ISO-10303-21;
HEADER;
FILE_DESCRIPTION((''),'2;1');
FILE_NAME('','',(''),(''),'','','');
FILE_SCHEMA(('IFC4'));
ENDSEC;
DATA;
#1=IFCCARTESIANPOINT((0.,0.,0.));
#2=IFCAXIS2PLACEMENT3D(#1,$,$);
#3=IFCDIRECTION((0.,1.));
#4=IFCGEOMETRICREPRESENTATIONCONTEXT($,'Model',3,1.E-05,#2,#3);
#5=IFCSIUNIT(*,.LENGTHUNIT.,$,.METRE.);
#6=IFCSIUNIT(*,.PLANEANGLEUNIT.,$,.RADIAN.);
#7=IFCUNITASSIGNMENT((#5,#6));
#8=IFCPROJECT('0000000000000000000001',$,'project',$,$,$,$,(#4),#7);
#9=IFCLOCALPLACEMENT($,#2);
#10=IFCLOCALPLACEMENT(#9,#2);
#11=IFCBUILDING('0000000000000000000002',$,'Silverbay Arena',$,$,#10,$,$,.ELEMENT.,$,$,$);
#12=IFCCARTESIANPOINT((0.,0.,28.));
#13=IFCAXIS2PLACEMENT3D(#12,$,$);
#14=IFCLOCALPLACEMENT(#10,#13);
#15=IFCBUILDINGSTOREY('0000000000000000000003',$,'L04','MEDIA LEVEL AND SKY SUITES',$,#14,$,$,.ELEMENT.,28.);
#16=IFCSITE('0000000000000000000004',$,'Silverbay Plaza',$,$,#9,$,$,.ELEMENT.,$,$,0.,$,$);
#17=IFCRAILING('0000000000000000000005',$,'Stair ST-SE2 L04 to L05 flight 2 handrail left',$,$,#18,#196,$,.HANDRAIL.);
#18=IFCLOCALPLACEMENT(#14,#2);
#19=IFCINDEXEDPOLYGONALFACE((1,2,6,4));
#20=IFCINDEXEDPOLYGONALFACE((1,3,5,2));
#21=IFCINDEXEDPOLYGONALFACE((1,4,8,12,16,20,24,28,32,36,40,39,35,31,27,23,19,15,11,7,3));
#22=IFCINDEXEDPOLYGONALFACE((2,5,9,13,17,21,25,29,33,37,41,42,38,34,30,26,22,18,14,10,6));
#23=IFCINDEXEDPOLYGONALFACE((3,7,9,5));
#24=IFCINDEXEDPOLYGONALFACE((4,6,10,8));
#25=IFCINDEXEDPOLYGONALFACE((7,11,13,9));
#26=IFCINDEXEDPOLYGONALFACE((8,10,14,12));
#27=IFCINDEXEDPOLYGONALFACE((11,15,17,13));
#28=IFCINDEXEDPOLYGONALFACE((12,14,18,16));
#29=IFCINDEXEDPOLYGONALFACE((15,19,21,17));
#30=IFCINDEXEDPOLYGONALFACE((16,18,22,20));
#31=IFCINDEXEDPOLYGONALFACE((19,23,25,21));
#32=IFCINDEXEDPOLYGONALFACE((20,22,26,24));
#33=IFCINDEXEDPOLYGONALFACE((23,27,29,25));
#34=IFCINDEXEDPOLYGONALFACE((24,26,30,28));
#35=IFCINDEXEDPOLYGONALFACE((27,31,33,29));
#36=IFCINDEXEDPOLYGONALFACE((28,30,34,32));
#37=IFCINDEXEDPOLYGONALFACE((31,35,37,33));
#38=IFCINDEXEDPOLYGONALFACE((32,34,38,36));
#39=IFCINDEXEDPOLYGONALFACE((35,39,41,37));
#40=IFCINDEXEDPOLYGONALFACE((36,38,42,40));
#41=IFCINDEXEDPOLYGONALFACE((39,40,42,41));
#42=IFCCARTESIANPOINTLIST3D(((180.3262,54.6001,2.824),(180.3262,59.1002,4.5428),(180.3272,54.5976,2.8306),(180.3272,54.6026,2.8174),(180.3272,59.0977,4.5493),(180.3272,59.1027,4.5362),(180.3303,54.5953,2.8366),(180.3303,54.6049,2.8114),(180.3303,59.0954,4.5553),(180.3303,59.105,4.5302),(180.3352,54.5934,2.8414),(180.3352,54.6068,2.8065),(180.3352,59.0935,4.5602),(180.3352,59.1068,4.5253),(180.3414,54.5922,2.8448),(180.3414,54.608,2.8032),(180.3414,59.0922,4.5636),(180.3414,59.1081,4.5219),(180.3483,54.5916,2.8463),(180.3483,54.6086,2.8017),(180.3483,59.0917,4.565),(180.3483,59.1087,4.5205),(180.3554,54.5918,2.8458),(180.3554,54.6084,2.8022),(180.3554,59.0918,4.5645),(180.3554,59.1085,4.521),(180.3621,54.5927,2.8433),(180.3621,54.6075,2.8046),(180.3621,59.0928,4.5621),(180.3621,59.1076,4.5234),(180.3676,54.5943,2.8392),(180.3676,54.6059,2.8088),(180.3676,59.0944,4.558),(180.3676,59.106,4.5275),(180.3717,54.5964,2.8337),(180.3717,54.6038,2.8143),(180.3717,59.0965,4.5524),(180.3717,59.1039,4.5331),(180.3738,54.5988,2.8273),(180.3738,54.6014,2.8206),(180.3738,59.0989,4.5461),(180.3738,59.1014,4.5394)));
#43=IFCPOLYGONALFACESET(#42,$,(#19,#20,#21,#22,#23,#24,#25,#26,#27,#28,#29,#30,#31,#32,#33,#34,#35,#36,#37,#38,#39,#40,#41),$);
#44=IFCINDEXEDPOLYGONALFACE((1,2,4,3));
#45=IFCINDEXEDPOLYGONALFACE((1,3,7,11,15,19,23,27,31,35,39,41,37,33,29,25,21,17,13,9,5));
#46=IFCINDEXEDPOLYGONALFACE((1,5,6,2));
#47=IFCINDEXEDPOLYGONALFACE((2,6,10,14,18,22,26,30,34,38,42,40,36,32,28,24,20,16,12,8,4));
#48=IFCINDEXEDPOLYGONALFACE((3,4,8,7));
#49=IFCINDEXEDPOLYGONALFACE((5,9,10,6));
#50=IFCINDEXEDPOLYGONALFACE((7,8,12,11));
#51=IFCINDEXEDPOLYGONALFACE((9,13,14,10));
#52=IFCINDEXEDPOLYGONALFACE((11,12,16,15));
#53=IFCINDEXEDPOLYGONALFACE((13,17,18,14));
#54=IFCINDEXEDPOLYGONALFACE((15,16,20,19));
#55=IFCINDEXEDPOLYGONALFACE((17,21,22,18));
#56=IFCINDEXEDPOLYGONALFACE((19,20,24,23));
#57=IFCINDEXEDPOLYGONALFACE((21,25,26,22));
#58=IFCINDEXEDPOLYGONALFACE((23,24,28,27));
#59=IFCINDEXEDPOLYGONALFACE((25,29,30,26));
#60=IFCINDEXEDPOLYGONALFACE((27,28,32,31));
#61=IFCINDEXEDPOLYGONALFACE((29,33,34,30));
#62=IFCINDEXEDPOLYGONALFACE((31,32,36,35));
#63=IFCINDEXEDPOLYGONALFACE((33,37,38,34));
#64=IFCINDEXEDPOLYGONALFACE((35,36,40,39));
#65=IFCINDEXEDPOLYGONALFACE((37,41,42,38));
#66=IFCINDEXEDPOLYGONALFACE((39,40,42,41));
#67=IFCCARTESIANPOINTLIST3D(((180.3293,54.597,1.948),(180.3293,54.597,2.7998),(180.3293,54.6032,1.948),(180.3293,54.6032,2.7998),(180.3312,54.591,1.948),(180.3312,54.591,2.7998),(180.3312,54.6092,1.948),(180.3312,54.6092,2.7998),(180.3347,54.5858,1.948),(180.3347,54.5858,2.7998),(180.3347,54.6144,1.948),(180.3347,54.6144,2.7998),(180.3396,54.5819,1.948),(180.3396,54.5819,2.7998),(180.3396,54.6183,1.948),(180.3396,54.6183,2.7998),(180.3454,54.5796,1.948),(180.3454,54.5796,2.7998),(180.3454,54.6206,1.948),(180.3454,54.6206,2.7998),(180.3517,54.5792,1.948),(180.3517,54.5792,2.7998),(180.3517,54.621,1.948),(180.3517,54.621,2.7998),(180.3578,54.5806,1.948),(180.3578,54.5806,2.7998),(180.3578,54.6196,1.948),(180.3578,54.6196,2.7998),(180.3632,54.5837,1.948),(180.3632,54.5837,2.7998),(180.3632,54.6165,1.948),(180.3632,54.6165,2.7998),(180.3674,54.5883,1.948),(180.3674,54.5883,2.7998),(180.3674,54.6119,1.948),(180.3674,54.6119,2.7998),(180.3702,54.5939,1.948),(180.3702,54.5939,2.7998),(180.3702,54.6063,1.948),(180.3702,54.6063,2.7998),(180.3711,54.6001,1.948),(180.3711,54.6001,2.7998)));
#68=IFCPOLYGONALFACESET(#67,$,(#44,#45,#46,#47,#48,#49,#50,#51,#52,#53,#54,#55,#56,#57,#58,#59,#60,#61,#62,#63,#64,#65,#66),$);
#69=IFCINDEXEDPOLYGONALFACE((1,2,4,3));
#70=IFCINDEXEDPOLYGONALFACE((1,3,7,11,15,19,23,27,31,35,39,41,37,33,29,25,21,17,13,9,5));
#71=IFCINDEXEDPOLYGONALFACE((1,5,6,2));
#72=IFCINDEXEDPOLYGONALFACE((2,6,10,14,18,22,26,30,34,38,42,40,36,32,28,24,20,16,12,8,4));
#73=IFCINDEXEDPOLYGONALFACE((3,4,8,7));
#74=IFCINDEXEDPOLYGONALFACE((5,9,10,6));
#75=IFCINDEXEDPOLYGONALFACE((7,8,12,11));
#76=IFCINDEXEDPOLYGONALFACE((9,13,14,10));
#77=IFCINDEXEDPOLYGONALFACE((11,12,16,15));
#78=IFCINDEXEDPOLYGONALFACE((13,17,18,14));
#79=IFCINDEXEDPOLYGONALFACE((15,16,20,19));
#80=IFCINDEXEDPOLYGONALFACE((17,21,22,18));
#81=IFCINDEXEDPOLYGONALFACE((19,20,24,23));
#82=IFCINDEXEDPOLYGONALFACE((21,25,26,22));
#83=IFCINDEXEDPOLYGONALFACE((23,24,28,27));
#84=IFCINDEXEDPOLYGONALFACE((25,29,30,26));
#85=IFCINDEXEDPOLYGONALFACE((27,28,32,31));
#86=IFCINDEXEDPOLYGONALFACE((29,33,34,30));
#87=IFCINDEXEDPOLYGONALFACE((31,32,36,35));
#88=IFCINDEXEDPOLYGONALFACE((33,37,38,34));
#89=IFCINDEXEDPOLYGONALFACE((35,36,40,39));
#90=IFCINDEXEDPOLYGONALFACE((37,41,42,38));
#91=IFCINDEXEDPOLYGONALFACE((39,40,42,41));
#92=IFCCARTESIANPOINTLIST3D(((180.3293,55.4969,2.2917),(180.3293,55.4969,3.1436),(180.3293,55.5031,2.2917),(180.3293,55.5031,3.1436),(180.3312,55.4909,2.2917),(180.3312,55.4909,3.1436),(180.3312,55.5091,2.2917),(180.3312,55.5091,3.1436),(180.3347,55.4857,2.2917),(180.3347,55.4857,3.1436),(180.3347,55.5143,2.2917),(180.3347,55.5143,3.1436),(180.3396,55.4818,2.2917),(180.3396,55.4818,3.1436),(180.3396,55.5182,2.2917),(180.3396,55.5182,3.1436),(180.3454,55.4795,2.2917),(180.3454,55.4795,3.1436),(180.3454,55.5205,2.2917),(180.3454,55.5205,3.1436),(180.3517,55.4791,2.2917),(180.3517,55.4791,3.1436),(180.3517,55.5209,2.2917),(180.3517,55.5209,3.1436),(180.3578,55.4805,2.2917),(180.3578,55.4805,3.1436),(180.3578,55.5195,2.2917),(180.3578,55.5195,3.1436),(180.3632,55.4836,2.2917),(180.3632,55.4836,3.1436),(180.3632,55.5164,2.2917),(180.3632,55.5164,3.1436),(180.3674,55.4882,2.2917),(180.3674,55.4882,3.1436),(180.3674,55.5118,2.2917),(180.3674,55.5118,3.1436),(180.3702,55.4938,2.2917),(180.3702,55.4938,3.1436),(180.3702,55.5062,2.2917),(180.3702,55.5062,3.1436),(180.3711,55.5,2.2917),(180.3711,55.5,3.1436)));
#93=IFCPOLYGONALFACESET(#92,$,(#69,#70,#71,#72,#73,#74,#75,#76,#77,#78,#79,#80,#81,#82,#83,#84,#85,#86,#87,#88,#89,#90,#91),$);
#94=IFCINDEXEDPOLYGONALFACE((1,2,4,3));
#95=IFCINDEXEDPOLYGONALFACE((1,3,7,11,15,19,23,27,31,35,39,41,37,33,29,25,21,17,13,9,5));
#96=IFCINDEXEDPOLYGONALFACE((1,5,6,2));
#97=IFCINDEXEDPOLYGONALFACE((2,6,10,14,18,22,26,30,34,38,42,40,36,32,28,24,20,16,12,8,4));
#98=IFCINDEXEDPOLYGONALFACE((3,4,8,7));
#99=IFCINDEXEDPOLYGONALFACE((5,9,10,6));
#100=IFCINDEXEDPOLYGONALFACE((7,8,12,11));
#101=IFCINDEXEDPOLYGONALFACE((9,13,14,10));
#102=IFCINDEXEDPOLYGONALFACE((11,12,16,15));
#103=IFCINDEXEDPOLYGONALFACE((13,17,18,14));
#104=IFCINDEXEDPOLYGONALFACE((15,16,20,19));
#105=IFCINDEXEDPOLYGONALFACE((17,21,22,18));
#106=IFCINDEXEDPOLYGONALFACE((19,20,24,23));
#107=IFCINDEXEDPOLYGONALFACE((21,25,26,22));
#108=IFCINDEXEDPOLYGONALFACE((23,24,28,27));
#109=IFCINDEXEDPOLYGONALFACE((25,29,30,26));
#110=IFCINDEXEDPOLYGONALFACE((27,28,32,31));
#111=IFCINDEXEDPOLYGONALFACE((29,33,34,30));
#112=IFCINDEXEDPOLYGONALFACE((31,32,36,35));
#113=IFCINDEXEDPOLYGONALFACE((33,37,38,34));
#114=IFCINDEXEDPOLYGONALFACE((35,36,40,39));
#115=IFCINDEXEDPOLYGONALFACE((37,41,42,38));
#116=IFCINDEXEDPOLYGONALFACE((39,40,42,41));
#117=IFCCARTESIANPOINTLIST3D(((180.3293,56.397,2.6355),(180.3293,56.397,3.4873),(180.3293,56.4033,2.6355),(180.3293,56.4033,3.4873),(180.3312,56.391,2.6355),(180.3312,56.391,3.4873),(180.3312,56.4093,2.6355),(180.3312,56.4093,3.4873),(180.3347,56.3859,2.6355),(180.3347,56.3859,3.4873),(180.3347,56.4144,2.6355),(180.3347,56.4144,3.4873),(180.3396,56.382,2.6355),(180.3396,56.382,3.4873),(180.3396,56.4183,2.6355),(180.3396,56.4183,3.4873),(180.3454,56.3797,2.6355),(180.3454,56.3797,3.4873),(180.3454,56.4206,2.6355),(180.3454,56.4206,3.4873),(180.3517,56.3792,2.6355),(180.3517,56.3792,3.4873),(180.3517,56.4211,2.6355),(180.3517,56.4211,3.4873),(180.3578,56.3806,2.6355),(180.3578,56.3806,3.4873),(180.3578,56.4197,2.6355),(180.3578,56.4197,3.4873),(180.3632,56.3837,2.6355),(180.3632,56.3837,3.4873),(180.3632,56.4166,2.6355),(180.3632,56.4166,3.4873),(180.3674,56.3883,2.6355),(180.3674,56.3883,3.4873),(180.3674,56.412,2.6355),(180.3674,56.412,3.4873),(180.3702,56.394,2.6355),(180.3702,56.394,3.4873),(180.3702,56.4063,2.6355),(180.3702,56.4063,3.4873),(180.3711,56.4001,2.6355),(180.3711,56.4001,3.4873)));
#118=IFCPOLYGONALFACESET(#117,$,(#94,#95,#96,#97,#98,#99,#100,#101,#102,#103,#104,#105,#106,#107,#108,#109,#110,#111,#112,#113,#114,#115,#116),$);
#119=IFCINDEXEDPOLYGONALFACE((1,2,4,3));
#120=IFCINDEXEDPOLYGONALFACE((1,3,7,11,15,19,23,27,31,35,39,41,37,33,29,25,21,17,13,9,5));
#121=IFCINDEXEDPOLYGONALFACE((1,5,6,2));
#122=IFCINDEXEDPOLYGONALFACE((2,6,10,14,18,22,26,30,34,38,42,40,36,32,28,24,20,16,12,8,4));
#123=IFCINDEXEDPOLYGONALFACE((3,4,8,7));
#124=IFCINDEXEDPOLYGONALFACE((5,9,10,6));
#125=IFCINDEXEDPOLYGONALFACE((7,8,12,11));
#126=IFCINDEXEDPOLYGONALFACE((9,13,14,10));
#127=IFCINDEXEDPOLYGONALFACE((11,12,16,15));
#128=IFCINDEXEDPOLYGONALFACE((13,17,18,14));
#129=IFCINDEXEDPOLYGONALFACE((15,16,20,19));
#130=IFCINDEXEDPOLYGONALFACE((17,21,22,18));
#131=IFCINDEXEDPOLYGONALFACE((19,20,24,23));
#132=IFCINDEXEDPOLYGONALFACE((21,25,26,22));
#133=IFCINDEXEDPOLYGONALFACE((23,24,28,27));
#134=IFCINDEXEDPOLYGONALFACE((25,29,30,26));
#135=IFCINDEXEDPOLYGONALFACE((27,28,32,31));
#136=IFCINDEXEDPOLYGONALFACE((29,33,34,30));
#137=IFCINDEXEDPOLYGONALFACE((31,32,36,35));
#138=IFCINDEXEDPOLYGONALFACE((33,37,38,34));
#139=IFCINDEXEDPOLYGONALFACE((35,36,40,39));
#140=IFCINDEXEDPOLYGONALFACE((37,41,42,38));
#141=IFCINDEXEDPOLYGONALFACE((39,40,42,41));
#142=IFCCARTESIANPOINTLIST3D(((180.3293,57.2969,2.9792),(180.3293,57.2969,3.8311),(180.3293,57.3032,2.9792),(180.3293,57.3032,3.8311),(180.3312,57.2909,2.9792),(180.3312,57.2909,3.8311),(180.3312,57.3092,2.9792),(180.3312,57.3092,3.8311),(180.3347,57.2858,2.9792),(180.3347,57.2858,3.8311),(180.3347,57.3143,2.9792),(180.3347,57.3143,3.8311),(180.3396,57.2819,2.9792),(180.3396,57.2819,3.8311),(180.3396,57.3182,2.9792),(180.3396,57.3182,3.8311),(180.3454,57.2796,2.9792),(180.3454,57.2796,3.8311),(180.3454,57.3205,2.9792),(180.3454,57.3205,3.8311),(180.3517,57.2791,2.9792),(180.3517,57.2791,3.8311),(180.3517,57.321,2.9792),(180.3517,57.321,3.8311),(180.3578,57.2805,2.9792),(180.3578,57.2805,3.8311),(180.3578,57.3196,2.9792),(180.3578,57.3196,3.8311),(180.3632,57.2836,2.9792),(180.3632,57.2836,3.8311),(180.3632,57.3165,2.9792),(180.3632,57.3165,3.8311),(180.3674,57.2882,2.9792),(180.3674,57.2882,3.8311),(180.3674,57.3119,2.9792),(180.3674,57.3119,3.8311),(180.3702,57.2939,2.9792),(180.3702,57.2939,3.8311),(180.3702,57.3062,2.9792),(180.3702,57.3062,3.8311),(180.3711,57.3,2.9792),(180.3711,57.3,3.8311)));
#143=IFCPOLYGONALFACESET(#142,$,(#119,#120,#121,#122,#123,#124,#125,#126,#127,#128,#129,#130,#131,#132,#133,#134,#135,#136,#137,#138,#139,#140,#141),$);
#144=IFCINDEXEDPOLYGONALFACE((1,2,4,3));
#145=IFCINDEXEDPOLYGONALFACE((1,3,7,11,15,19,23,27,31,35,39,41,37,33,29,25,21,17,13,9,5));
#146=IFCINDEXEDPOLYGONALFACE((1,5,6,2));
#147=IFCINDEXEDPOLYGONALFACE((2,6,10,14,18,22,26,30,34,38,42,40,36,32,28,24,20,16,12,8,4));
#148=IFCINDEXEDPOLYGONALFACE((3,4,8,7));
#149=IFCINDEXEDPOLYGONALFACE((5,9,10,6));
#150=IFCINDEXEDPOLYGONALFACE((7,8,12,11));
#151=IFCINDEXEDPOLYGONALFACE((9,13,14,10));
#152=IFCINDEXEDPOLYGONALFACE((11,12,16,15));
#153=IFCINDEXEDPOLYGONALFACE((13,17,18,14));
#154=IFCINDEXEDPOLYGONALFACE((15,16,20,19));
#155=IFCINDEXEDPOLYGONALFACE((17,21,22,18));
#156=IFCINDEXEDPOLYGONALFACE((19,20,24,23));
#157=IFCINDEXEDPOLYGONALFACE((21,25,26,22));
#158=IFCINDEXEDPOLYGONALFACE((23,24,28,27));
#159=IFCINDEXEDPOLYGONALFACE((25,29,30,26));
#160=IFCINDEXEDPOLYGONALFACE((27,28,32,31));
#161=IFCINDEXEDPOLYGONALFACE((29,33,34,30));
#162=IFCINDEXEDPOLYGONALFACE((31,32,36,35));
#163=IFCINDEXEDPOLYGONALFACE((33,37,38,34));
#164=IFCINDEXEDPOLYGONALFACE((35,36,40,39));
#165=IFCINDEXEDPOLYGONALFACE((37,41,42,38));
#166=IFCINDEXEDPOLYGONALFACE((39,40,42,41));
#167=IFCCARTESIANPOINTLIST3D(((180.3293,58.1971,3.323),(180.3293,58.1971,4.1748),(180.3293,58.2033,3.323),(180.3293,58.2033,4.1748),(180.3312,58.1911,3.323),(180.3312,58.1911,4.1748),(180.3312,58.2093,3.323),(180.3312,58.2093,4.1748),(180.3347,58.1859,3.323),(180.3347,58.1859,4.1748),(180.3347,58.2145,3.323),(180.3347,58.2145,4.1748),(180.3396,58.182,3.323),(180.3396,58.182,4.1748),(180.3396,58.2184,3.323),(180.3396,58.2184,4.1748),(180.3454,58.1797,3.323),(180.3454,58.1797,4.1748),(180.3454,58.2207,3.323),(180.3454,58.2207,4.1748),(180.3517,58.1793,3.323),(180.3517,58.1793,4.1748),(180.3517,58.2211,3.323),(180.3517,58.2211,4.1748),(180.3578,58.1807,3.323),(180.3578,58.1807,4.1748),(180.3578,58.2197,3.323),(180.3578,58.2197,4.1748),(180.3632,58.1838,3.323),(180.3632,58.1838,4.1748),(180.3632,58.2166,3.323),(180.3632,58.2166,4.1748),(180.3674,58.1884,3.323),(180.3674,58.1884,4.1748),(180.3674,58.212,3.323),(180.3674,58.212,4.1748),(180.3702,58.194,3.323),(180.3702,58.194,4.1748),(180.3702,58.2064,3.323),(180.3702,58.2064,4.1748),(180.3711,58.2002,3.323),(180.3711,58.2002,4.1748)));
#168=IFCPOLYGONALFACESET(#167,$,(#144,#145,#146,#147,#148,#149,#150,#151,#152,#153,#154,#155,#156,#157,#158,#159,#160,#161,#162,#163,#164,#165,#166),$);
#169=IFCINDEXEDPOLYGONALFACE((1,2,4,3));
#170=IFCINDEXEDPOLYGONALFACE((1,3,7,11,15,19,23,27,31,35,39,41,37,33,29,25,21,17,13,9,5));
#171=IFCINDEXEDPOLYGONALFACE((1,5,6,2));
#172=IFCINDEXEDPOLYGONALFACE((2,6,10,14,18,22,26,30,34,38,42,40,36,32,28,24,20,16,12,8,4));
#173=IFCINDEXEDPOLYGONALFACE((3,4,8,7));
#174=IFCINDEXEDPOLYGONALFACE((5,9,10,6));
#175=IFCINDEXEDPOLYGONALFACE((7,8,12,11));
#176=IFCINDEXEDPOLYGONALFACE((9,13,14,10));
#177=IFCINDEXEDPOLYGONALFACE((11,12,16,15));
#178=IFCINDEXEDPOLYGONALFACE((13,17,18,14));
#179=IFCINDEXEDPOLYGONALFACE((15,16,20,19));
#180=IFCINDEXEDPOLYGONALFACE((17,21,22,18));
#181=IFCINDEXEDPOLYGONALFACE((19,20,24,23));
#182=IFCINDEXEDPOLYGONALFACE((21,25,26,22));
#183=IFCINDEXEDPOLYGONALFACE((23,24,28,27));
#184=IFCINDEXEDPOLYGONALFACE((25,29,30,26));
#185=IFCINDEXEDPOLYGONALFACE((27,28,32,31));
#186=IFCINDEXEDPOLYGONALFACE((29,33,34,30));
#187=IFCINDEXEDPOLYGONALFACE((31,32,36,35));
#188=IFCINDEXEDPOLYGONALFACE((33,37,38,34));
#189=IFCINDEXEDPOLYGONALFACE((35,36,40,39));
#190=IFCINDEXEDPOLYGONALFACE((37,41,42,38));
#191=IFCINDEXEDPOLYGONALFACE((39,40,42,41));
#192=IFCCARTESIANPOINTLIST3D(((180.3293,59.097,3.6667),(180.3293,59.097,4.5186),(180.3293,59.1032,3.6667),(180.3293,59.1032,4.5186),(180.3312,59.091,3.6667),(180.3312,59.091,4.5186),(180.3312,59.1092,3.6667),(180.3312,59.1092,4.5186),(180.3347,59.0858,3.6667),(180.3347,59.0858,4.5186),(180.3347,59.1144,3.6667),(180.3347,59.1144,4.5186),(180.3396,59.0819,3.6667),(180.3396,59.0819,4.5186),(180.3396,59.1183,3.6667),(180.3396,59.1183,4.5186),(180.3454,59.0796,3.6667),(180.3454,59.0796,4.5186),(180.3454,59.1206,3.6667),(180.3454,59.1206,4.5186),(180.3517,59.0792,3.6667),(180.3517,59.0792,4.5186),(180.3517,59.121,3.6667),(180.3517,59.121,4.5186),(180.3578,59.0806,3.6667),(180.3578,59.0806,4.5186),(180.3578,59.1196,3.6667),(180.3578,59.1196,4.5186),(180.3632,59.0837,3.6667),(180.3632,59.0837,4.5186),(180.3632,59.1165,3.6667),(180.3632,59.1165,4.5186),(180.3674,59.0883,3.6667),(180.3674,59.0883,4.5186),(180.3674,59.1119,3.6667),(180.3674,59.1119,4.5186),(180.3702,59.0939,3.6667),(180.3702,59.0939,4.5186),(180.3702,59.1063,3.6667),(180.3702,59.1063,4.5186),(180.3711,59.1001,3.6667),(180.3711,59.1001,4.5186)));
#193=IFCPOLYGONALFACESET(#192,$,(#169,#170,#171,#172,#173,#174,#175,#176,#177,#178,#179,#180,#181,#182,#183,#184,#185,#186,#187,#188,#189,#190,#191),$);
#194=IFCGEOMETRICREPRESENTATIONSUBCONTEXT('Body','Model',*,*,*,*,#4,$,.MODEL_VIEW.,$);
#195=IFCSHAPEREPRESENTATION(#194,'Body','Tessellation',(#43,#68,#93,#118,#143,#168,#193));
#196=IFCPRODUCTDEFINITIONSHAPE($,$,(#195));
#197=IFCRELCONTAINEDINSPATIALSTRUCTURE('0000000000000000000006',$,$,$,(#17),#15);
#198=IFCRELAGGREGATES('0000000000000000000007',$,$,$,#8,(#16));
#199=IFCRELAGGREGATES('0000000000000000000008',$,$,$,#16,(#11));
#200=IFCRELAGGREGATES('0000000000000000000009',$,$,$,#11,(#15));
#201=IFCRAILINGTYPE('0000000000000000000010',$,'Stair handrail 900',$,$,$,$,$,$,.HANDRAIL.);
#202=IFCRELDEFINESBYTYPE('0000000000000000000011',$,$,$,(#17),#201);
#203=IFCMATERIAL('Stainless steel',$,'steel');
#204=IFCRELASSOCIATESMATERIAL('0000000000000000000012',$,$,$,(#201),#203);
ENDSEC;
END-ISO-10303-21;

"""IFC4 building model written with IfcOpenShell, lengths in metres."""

from ifc_helpers import new_model, si_unit, direction, frame, origin, origin_2d, place, context, subcontext, project, spatial, circle, extrude, material, type_object, element, save


model = new_model("IFC4")

# Units and contexts
model_context = context("Model", 3, precision=1e-05, world=origin(), true_north=direction((0.0, 1.0)))
body_context = subcontext(model_context, "Body", "Model", "MODEL_VIEW")
ifc_project = project(units=[si_unit("LENGTHUNIT", "METRE"), si_unit("PLANEANGLEUNIT", "RADIAN")], contexts=[model_context])

# Site, building, storey
site_placement = place(None, origin())
site = spatial("IfcSite", under=ifc_project, at=site_placement, Name="Silverbay Plaza", CompositionType="ELEMENT", RefElevation=0.0)
building_placement = place(site_placement, origin())
building = spatial("IfcBuilding", under=site, at=building_placement, Name="Silverbay Arena", CompositionType="ELEMENT")
storey_placement = place(building_placement, frame((0.0, 0.0, 28.0)))
storey = spatial("IfcBuildingStorey", under=building, at=storey_placement, Name="L04", Description="MEDIA LEVEL AND SKY SUITES", CompositionType="ELEMENT", Elevation=28.0)

# Railing
ifc_material_1 = material(Name="Stainless steel", Category="steel")
railing_type_1 = type_object("IfcRailingType", Name="Stair handrail 900", PredefinedType="HANDRAIL", material=ifc_material_1)
for number, where, name in (
    (1, (180.3501, 54.6001, 1.948), "Stair ST-SE2 L04 to L05 flight 2 handrail left"),
):
    element("IfcRailing", number, at=place(storey_placement, frame(where)), inside=storey, type_object=railing_type_1, Name=name, PredefinedType="HANDRAIL", context=body_context, shape_type="SweptSolid", body=[
        extrude(circle(Radius=0.0239, at=origin_2d()), frame((0.0, 0.0, 0.876), z_axis=(0.0, 0.934179, 0.356805), x_axis=(-1.0, 0.0, 0.0)), (0.0, 0.0, 1.0), 4.8171),
        extrude(circle(Radius=0.021, at=origin_2d()), origin(), (0.0, 0.0, 1.0), 0.8518),
        extrude(circle(Radius=0.021, at=origin_2d()), frame((0.0, 0.8999, 0.3438)), (0.0, 0.0, 1.0), 0.8518),
        extrude(circle(Radius=0.021, at=origin_2d()), frame((0.0, 1.8, 0.6875)), (0.0, 0.0, 1.0), 0.8518),
        extrude(circle(Radius=0.021, at=origin_2d()), frame((0.0, 2.7, 1.0312)), (0.0, 0.0, 1.0), 0.8518),
        extrude(circle(Radius=0.021, at=origin_2d()), frame((0.0, 3.6001, 1.375)), (0.0, 0.0, 1.0), 0.8518),
        extrude(circle(Radius=0.021, at=origin_2d()), frame((0.0, 4.5, 1.7188)), (0.0, 0.0, 1.0), 0.8518),
    ])

save(model, "model.ifc")
